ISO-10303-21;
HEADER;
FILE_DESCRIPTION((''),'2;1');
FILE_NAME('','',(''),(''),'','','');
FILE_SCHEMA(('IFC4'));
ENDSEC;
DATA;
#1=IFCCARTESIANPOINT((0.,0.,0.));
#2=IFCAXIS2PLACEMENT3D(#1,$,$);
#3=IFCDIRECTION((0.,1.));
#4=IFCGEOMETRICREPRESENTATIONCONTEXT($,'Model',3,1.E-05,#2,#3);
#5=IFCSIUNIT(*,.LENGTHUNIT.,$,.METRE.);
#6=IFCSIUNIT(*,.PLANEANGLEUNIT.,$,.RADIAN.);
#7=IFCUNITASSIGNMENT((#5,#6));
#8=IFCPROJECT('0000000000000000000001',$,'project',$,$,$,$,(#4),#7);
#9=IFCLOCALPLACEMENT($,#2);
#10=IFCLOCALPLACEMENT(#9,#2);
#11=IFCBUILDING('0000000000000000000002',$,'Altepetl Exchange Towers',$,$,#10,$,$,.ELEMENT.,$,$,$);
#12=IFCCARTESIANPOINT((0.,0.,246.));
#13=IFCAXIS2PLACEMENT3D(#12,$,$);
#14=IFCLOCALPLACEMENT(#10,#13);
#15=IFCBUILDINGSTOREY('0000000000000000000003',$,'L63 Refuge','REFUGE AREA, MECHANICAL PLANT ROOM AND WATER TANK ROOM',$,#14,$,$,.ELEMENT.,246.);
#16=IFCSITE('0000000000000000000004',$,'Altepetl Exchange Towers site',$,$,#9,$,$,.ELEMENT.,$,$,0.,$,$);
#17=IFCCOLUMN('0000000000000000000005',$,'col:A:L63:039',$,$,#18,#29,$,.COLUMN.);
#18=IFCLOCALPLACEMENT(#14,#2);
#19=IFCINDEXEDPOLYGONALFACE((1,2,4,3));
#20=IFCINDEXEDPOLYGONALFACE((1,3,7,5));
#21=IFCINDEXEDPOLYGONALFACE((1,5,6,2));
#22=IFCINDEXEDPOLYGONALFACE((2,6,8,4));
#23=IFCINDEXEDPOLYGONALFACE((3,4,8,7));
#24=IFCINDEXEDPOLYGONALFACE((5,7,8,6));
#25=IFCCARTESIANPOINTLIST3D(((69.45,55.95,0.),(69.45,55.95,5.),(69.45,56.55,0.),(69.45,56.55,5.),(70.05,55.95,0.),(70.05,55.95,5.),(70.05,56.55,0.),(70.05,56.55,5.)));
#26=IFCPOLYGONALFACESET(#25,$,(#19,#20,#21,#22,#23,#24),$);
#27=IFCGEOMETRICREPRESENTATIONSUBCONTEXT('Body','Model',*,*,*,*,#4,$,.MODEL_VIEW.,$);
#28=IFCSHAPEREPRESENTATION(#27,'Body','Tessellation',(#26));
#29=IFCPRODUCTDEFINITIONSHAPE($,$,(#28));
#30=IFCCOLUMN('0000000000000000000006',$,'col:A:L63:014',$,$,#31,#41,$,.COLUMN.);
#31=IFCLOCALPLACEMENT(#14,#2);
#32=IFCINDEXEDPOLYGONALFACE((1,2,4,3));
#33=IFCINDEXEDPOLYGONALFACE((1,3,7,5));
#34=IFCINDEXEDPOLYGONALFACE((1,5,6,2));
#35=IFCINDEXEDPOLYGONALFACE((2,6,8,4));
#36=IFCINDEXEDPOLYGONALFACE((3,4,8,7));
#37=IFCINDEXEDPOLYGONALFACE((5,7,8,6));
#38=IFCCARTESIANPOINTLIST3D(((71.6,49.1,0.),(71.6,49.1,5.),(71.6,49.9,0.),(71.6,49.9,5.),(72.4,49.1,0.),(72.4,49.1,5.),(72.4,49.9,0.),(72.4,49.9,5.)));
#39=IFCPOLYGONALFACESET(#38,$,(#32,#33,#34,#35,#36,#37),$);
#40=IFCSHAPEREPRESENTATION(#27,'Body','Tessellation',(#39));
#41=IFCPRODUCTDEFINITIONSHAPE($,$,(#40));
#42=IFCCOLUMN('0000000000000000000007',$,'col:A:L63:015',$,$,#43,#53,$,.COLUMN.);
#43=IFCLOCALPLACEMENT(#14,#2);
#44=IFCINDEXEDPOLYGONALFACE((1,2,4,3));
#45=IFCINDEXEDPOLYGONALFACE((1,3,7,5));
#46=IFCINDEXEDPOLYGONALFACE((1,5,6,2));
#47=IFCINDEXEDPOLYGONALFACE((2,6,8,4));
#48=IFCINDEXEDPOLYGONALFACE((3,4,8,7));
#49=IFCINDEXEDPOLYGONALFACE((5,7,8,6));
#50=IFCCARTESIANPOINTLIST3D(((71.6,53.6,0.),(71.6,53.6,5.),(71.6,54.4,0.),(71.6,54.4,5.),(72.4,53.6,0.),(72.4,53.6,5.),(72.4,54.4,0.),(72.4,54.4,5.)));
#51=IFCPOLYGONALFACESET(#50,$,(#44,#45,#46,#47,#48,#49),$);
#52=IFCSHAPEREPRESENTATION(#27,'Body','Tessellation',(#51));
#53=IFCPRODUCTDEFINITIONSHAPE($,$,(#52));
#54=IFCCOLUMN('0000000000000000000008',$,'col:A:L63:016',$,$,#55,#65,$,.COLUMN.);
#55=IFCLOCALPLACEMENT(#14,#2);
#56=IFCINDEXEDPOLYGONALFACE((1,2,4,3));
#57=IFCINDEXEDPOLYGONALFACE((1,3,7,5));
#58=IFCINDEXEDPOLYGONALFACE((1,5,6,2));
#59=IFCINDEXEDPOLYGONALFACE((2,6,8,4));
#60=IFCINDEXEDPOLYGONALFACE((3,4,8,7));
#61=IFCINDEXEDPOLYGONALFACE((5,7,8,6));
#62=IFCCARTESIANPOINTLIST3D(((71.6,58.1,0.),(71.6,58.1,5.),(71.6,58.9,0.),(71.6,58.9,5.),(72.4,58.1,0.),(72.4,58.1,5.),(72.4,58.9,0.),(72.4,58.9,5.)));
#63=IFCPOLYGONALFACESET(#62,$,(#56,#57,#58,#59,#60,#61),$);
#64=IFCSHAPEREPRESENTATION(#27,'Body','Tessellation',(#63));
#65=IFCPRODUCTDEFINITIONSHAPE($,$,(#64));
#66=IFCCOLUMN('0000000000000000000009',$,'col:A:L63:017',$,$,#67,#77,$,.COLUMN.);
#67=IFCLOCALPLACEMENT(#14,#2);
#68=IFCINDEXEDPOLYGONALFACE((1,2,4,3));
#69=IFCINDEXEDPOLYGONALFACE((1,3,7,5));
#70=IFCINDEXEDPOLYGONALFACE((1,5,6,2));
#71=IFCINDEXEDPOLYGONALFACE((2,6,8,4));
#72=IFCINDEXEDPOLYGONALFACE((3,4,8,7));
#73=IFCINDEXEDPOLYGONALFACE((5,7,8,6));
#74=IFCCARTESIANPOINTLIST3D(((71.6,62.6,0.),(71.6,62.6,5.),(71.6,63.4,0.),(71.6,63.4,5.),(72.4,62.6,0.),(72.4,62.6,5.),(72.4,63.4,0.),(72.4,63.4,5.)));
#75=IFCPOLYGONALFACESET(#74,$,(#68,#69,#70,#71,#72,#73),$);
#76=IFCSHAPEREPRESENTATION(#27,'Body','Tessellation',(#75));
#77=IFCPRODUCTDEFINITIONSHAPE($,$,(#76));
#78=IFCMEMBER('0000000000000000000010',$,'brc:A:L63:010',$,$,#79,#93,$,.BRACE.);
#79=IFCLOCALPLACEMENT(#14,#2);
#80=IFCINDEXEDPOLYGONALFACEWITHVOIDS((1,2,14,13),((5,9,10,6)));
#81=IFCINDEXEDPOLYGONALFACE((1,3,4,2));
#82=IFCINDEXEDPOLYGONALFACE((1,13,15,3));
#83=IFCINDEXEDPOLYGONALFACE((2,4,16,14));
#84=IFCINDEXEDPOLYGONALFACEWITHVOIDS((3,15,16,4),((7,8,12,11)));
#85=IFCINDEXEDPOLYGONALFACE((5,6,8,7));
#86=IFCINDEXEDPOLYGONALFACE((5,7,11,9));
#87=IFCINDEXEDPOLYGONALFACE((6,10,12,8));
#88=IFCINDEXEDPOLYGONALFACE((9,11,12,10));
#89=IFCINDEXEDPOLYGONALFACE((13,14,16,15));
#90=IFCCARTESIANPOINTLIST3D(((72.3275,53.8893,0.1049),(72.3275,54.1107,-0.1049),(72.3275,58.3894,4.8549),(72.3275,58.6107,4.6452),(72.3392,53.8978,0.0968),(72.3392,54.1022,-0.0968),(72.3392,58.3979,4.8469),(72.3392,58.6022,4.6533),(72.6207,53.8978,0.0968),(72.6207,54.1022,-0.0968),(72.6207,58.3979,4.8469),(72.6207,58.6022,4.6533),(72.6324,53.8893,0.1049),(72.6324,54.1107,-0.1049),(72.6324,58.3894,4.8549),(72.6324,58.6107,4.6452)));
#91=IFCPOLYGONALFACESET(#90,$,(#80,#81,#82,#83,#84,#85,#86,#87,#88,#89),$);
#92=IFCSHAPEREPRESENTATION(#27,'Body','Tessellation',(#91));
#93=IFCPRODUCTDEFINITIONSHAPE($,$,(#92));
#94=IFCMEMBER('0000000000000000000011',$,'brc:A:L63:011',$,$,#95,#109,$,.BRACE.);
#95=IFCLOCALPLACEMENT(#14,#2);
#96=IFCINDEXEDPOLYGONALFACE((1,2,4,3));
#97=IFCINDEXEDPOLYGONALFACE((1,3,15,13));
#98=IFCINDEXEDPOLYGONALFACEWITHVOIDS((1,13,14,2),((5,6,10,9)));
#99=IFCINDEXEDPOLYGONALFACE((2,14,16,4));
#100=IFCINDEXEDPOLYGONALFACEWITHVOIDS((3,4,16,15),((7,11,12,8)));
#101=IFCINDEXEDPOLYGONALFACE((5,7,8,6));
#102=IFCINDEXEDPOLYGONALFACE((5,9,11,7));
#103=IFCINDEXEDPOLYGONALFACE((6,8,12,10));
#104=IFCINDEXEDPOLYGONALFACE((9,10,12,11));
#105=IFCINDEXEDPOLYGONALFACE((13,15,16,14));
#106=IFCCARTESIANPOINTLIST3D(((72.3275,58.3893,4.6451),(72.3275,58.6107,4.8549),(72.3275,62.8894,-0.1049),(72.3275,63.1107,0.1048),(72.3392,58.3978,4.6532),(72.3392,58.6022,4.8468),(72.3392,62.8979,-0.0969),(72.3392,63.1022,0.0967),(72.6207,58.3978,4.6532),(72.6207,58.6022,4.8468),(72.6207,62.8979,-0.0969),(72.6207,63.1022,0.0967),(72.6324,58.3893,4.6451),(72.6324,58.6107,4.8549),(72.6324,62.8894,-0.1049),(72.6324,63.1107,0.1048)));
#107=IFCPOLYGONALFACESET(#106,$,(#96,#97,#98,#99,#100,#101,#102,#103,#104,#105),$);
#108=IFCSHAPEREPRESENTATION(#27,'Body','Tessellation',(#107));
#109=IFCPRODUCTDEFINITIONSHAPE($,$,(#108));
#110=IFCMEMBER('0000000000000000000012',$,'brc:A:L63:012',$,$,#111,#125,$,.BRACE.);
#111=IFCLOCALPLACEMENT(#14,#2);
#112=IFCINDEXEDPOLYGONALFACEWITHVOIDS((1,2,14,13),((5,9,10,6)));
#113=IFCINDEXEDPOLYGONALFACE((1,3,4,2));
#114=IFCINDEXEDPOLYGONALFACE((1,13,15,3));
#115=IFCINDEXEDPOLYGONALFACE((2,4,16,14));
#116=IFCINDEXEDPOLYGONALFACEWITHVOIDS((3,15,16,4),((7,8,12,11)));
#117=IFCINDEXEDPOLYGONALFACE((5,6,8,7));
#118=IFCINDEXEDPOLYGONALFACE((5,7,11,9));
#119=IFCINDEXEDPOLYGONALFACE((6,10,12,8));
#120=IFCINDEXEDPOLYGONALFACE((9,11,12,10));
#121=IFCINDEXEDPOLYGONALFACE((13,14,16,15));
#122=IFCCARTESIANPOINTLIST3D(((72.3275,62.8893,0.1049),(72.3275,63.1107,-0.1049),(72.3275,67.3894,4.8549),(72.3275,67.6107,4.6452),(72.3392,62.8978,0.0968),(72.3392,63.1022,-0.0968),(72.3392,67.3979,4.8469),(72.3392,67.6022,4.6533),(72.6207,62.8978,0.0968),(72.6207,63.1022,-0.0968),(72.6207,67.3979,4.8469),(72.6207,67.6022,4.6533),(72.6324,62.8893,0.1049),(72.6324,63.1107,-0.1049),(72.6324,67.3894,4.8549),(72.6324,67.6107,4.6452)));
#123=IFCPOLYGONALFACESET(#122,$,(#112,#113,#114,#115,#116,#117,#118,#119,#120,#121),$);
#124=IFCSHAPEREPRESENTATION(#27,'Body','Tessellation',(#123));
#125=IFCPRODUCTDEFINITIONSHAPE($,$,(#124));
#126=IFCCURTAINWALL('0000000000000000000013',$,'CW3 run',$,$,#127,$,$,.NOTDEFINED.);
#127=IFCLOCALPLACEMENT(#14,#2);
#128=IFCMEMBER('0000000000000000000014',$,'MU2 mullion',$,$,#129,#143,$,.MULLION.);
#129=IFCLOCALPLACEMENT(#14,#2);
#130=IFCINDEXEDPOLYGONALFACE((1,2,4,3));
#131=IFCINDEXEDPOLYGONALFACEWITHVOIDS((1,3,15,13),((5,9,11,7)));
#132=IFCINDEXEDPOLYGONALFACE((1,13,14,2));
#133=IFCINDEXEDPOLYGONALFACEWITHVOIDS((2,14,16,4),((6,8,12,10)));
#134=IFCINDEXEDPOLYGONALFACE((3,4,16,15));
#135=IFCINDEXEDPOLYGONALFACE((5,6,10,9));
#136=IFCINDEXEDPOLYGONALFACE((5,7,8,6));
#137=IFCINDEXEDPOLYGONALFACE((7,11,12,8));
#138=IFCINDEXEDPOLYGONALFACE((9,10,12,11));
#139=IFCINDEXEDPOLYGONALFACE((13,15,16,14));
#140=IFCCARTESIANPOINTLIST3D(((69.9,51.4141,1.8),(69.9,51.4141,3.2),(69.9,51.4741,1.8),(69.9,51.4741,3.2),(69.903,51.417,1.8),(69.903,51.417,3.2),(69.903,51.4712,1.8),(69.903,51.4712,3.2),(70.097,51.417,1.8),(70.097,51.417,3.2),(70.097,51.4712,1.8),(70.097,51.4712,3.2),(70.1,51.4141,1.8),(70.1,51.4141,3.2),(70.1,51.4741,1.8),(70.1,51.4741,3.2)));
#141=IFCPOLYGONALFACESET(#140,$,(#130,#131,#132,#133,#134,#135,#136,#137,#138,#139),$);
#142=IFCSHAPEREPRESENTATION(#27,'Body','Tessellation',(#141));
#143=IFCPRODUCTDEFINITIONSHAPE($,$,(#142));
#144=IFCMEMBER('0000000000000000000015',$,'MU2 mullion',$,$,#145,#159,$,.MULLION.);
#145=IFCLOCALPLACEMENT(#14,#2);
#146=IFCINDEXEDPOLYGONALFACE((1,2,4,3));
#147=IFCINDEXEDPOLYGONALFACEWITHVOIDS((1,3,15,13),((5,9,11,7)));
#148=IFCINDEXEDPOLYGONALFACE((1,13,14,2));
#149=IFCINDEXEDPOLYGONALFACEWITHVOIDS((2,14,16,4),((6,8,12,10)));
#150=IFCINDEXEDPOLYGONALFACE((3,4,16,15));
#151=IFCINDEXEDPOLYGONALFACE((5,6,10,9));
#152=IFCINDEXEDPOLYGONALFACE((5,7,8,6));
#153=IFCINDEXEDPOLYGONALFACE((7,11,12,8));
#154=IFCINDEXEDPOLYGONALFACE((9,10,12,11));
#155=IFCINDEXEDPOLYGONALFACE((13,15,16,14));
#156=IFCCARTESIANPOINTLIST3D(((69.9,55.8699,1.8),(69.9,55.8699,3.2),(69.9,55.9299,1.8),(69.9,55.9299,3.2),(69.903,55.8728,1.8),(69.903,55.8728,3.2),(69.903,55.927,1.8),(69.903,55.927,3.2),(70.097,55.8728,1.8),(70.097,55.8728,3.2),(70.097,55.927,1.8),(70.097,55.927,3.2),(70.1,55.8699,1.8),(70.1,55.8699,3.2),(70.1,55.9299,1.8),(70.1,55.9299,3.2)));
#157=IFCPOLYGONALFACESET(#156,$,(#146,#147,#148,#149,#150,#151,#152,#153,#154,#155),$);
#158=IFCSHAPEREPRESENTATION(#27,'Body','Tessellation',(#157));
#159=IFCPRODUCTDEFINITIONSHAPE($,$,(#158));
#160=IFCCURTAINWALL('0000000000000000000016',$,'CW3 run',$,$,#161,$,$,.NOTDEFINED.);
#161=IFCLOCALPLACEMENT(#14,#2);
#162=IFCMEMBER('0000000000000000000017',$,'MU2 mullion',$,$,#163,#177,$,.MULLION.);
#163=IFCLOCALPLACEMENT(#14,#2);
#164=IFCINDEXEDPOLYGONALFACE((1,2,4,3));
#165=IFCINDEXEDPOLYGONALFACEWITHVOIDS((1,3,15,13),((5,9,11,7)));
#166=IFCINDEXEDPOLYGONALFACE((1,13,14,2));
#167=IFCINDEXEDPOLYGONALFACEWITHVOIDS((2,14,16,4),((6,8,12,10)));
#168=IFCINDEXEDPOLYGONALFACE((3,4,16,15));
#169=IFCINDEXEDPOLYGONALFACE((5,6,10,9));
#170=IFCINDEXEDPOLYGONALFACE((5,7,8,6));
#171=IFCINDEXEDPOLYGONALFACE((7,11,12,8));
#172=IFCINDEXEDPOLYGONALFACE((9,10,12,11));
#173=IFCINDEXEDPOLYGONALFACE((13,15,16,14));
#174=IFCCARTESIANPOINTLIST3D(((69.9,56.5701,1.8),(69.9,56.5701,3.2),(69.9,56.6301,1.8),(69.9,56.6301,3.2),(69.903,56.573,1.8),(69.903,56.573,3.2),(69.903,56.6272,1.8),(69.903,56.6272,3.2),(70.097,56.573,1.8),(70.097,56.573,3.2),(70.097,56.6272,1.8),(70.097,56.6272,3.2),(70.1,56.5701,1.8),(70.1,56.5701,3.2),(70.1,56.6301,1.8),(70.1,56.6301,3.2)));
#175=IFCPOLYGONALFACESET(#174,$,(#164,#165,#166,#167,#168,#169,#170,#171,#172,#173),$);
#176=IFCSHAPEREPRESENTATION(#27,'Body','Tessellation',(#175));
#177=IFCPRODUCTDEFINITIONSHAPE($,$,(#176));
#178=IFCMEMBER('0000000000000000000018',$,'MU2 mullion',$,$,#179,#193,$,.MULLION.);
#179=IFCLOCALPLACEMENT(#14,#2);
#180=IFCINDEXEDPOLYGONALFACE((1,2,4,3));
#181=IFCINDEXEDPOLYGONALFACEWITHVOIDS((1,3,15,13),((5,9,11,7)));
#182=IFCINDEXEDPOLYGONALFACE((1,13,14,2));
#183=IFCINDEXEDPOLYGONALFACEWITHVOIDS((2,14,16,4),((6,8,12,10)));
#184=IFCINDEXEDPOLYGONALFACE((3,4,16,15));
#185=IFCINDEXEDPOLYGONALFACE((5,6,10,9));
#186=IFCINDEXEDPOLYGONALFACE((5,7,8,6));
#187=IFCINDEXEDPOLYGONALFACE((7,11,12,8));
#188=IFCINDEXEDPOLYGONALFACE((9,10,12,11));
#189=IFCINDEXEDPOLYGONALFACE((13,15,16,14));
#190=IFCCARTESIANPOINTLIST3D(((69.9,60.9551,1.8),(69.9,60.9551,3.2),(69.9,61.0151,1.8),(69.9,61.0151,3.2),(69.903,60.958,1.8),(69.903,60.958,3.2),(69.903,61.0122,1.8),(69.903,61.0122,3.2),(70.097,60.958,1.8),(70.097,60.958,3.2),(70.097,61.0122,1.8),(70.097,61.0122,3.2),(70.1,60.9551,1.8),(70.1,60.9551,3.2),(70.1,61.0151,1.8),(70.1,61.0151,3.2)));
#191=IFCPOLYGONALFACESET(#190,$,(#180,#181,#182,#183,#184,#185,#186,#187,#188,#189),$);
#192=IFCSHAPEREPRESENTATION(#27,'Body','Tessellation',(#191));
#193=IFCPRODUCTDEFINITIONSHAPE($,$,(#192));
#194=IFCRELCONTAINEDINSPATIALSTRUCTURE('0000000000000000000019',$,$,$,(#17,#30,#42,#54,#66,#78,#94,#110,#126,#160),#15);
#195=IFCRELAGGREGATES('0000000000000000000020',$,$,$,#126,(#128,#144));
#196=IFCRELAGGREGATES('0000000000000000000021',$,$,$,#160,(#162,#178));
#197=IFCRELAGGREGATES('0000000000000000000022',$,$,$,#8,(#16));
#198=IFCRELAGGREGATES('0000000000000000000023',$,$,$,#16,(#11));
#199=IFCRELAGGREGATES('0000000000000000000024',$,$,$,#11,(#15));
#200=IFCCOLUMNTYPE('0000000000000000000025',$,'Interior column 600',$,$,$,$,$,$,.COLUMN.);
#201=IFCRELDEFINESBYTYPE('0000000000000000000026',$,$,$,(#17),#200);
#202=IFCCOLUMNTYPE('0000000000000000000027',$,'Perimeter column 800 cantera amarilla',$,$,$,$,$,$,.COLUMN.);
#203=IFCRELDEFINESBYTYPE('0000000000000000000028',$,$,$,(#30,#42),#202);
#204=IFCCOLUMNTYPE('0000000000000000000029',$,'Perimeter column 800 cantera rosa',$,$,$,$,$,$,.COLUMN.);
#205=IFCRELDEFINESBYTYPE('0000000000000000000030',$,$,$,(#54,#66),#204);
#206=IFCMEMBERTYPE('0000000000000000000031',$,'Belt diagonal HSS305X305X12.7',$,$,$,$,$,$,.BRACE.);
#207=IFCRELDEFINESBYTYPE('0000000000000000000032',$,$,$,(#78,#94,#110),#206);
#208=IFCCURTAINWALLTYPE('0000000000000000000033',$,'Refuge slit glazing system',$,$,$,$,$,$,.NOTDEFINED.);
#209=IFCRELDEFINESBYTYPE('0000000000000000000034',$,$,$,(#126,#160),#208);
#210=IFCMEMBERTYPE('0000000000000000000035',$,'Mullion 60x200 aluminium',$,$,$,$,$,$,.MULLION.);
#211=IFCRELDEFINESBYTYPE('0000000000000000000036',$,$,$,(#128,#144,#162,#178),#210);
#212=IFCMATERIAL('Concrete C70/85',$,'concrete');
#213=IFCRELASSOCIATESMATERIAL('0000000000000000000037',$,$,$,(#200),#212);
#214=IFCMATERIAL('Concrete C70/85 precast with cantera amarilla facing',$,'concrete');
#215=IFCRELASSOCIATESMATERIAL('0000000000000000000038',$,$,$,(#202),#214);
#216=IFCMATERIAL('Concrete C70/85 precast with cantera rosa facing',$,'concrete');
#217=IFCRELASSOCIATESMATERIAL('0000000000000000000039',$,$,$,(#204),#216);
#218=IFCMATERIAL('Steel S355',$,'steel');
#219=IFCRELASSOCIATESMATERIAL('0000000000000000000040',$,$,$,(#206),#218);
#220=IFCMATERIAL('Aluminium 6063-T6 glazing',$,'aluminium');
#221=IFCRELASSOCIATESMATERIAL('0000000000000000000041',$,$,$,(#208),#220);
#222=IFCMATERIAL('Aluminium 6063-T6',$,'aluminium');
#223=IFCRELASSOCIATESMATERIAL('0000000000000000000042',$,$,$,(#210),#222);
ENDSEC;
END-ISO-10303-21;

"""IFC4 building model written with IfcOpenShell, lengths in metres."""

from ifc_helpers import new_model, si_unit, direction, frame, origin, origin_2d, place, context, subcontext, project, spatial, rectangle, hollow_rectangle, extrude, material, material_profile, profile_set, type_object, element, aggregate, save


model = new_model("IFC4")

# Units and contexts
model_context = context("Model", 3, precision=1e-05, world=origin(), true_north=direction((0.0, 1.0)))
body_context = subcontext(model_context, "Body", "Model", "MODEL_VIEW")
ifc_project = project(units=[si_unit("LENGTHUNIT", "METRE"), si_unit("PLANEANGLEUNIT", "RADIAN")], contexts=[model_context])

# Site, building, storey
site_placement = place(None, origin())
site = spatial("IfcSite", under=ifc_project, at=site_placement, Name="Altepetl Exchange Towers site", CompositionType="ELEMENT", RefElevation=0.0)
building_placement = place(site_placement, origin())
building = spatial("IfcBuilding", under=site, at=building_placement, Name="Altepetl Exchange Towers", CompositionType="ELEMENT")
storey_placement = place(building_placement, frame((0.0, 0.0, 246.0)))
storey = spatial("IfcBuildingStorey", under=building, at=storey_placement, Name="L63 Refuge", Description="REFUGE AREA, MECHANICAL PLANT ROOM AND WATER TANK ROOM", CompositionType="ELEMENT", Elevation=246.0)

# Columns
ifc_material_1 = material(Name="Concrete C70/85", Category="concrete")
ifc_material_profile_1 = material_profile(ifc_material_1, rectangle(XDim=0.6001, YDim=0.6001, at=origin_2d()), Name="600 x 600")
ifc_profile_set_1 = profile_set([ifc_material_profile_1], Name="Concrete C70/85")
column_type_1 = type_object("IfcColumnType", Name="Interior column 600", PredefinedType="COLUMN", material=ifc_profile_set_1)
column_placement = place(storey_placement, frame((69.75, 56.25, 0.0)))
element("IfcColumn", 1, at=column_placement, inside=storey, type_object=column_type_1, Name="col:A:L63:039", PredefinedType="COLUMN", context=body_context, shape_type="SweptSolid", body=[
    extrude(rectangle(XDim=0.6001, YDim=0.6001, at=origin_2d()), origin(), (0.0, 0.0, 1.0), 5.0),
])
ifc_material_2 = material(Name="Concrete C70/85 precast with cantera amarilla facing", Category="concrete")
ifc_material_profile_2 = material_profile(ifc_material_2, rectangle(XDim=0.8, YDim=0.8, at=origin_2d()), Name="800 x 800")
ifc_profile_set_2 = profile_set([ifc_material_profile_2], Name="Concrete C70/85 precast with cantera amarilla facing")
column_type_2 = type_object("IfcColumnType", Name="Perimeter column 800 cantera amarilla", PredefinedType="COLUMN", material=ifc_profile_set_2)
for number, where, name in (
    (2, (72.0, 49.5, 0.0), "col:A:L63:014"),
    (3, (72.0, 54.0, 0.0), "col:A:L63:015"),
):
    element("IfcColumn", number, at=place(storey_placement, frame(where)), inside=storey, type_object=column_type_2, Name=name, PredefinedType="COLUMN", context=body_context, shape_type="SweptSolid", body=[
        extrude(rectangle(XDim=0.8, YDim=0.8, at=origin_2d()), origin(), (0.0, 0.0, 1.0), 5.0),
    ])
ifc_material_3 = material(Name="Concrete C70/85 precast with cantera rosa facing", Category="concrete")
ifc_material_profile_3 = material_profile(ifc_material_3, rectangle(XDim=0.8, YDim=0.8, at=origin_2d()), Name="800 x 800")
ifc_profile_set_3 = profile_set([ifc_material_profile_3], Name="Concrete C70/85 precast with cantera rosa facing")
column_type_3 = type_object("IfcColumnType", Name="Perimeter column 800 cantera rosa", PredefinedType="COLUMN", material=ifc_profile_set_3)
for number, where, name in (
    (4, (72.0, 58.5, 0.0), "col:A:L63:016"),
    (5, (72.0, 63.0, 0.0), "col:A:L63:017"),
):
    element("IfcColumn", number, at=place(storey_placement, frame(where)), inside=storey, type_object=column_type_3, Name=name, PredefinedType="COLUMN", context=body_context, shape_type="SweptSolid", body=[
        extrude(rectangle(XDim=0.8, YDim=0.8, at=origin_2d()), origin(), (0.0, 0.0, 1.0), 5.0),
    ])

# Members
ifc_material_4 = material(Name="Steel S355", Category="steel")
ifc_material_profile_4 = material_profile(ifc_material_4, hollow_rectangle(XDim=0.3049, YDim=0.3049, WallThickness=0.0117, at=origin_2d()), Name="HSS305X305X12.7")
ifc_profile_set_4 = profile_set([ifc_material_profile_4], Name="Steel S355")
member_type_1 = type_object("IfcMemberType", Name="Belt diagonal HSS305X305X12.7", PredefinedType="BRACE", material=ifc_profile_set_4)
for number, where, z_axis, x_axis, name in (
    (6, (72.48, 54.0, 0.0), (0.0, 0.687745, 0.725953), (-1.0, 0.0, 0.0), "brc:A:L63:010"),
    (7, (72.48, 58.5, 4.75), (0.0, 0.687745, -0.725953), (-1.0, 0.0, 0.0), "brc:A:L63:011"),
    (8, (72.48, 63.0, 0.0), (0.0, 0.687745, 0.725953), (-1.0, 0.0, 0.0), "brc:A:L63:012"),
):
    element("IfcMember", number, at=place(storey_placement, frame(where, z_axis=z_axis, x_axis=x_axis)), inside=storey, type_object=member_type_1, Name=name, PredefinedType="BRACE", context=body_context, shape_type="SweptSolid", body=[
        extrude(hollow_rectangle(XDim=0.3049, YDim=0.3049, WallThickness=0.0117, at=origin_2d()), origin(), (0.0, 0.0, 1.0), 6.5432),
    ])

# Curtain walls, members
ifc_material_5 = material(Name="Aluminium 6063-T6 glazing", Category="aluminium")
curtain_wall_type = type_object("IfcCurtainWallType", Name="Refuge slit glazing system", PredefinedType="NOTDEFINED", material=ifc_material_5)
curtain_wall_1_placement = place(storey_placement, origin())
curtain_wall_1 = element("IfcCurtainWall", 9, at=curtain_wall_1_placement, inside=storey, type_object=curtain_wall_type, Name="CW3 run", PredefinedType="NOTDEFINED")
ifc_material_6 = material(Name="Aluminium 6063-T6", Category="aluminium")
ifc_material_profile_5 = material_profile(ifc_material_6, hollow_rectangle(XDim=0.0601, YDim=0.2, WallThickness=0.0029, at=origin_2d()), Name="Mullion 60x200 aluminium")
ifc_profile_set_5 = profile_set([ifc_material_profile_5], Name="Aluminium 6063-T6")
member_type_2 = type_object("IfcMemberType", Name="Mullion 60x200 aluminium", PredefinedType="MULLION", material=ifc_profile_set_5)
member_1_placement = place(storey_placement, frame((70.0, 51.4441, 1.8), z_axis=(0.0, 0.0, 1.0), x_axis=(0.0, 1.0, 0.0)))
member_1 = element("IfcMember", 10, at=member_1_placement, type_object=member_type_2, Name="MU2 mullion", PredefinedType="MULLION", context=body_context, shape_type="SweptSolid", body=[
    extrude(hollow_rectangle(XDim=0.0601, YDim=0.2, WallThickness=0.0029, at=origin_2d()), origin(), (0.0, 0.0, 1.0), 1.3999),
])
member_2_placement = place(storey_placement, frame((70.0, 55.8999, 1.8), z_axis=(0.0, 0.0, 1.0), x_axis=(0.0, 1.0, 0.0)))
member_2 = element("IfcMember", 11, at=member_2_placement, type_object=member_type_2, Name="MU2 mullion", PredefinedType="MULLION", context=body_context, shape_type="SweptSolid", body=[
    extrude(hollow_rectangle(XDim=0.0601, YDim=0.2, WallThickness=0.0029, at=origin_2d()), origin(), (0.0, 0.0, 1.0), 1.3999),
])
curtain_wall_2_placement = place(storey_placement, origin())
curtain_wall_2 = element("IfcCurtainWall", 12, at=curtain_wall_2_placement, inside=storey, type_object=curtain_wall_type, Name="CW3 run", PredefinedType="NOTDEFINED")
member_3_placement = place(storey_placement, frame((70.0, 56.6001, 1.8), z_axis=(0.0, 0.0, 1.0), x_axis=(0.0, 1.0, 0.0)))
member_3 = element("IfcMember", 13, at=member_3_placement, type_object=member_type_2, Name="MU2 mullion", PredefinedType="MULLION", context=body_context, shape_type="SweptSolid", body=[
    extrude(hollow_rectangle(XDim=0.0601, YDim=0.2, WallThickness=0.0029, at=origin_2d()), origin(), (0.0, 0.0, 1.0), 1.3999),
])
member_4_placement = place(storey_placement, frame((70.0, 60.9851, 1.8), z_axis=(0.0, 0.0, 1.0), x_axis=(0.0, 1.0, 0.0)))
member_4 = element("IfcMember", 14, at=member_4_placement, type_object=member_type_2, Name="MU2 mullion", PredefinedType="MULLION", context=body_context, shape_type="SweptSolid", body=[
    extrude(hollow_rectangle(XDim=0.0601, YDim=0.2, WallThickness=0.0029, at=origin_2d()), origin(), (0.0, 0.0, 1.0), 1.3999),
])

aggregate(curtain_wall_1, [member_1, member_2])
aggregate(curtain_wall_2, [member_3, member_4])

save(model, "model.ifc")
